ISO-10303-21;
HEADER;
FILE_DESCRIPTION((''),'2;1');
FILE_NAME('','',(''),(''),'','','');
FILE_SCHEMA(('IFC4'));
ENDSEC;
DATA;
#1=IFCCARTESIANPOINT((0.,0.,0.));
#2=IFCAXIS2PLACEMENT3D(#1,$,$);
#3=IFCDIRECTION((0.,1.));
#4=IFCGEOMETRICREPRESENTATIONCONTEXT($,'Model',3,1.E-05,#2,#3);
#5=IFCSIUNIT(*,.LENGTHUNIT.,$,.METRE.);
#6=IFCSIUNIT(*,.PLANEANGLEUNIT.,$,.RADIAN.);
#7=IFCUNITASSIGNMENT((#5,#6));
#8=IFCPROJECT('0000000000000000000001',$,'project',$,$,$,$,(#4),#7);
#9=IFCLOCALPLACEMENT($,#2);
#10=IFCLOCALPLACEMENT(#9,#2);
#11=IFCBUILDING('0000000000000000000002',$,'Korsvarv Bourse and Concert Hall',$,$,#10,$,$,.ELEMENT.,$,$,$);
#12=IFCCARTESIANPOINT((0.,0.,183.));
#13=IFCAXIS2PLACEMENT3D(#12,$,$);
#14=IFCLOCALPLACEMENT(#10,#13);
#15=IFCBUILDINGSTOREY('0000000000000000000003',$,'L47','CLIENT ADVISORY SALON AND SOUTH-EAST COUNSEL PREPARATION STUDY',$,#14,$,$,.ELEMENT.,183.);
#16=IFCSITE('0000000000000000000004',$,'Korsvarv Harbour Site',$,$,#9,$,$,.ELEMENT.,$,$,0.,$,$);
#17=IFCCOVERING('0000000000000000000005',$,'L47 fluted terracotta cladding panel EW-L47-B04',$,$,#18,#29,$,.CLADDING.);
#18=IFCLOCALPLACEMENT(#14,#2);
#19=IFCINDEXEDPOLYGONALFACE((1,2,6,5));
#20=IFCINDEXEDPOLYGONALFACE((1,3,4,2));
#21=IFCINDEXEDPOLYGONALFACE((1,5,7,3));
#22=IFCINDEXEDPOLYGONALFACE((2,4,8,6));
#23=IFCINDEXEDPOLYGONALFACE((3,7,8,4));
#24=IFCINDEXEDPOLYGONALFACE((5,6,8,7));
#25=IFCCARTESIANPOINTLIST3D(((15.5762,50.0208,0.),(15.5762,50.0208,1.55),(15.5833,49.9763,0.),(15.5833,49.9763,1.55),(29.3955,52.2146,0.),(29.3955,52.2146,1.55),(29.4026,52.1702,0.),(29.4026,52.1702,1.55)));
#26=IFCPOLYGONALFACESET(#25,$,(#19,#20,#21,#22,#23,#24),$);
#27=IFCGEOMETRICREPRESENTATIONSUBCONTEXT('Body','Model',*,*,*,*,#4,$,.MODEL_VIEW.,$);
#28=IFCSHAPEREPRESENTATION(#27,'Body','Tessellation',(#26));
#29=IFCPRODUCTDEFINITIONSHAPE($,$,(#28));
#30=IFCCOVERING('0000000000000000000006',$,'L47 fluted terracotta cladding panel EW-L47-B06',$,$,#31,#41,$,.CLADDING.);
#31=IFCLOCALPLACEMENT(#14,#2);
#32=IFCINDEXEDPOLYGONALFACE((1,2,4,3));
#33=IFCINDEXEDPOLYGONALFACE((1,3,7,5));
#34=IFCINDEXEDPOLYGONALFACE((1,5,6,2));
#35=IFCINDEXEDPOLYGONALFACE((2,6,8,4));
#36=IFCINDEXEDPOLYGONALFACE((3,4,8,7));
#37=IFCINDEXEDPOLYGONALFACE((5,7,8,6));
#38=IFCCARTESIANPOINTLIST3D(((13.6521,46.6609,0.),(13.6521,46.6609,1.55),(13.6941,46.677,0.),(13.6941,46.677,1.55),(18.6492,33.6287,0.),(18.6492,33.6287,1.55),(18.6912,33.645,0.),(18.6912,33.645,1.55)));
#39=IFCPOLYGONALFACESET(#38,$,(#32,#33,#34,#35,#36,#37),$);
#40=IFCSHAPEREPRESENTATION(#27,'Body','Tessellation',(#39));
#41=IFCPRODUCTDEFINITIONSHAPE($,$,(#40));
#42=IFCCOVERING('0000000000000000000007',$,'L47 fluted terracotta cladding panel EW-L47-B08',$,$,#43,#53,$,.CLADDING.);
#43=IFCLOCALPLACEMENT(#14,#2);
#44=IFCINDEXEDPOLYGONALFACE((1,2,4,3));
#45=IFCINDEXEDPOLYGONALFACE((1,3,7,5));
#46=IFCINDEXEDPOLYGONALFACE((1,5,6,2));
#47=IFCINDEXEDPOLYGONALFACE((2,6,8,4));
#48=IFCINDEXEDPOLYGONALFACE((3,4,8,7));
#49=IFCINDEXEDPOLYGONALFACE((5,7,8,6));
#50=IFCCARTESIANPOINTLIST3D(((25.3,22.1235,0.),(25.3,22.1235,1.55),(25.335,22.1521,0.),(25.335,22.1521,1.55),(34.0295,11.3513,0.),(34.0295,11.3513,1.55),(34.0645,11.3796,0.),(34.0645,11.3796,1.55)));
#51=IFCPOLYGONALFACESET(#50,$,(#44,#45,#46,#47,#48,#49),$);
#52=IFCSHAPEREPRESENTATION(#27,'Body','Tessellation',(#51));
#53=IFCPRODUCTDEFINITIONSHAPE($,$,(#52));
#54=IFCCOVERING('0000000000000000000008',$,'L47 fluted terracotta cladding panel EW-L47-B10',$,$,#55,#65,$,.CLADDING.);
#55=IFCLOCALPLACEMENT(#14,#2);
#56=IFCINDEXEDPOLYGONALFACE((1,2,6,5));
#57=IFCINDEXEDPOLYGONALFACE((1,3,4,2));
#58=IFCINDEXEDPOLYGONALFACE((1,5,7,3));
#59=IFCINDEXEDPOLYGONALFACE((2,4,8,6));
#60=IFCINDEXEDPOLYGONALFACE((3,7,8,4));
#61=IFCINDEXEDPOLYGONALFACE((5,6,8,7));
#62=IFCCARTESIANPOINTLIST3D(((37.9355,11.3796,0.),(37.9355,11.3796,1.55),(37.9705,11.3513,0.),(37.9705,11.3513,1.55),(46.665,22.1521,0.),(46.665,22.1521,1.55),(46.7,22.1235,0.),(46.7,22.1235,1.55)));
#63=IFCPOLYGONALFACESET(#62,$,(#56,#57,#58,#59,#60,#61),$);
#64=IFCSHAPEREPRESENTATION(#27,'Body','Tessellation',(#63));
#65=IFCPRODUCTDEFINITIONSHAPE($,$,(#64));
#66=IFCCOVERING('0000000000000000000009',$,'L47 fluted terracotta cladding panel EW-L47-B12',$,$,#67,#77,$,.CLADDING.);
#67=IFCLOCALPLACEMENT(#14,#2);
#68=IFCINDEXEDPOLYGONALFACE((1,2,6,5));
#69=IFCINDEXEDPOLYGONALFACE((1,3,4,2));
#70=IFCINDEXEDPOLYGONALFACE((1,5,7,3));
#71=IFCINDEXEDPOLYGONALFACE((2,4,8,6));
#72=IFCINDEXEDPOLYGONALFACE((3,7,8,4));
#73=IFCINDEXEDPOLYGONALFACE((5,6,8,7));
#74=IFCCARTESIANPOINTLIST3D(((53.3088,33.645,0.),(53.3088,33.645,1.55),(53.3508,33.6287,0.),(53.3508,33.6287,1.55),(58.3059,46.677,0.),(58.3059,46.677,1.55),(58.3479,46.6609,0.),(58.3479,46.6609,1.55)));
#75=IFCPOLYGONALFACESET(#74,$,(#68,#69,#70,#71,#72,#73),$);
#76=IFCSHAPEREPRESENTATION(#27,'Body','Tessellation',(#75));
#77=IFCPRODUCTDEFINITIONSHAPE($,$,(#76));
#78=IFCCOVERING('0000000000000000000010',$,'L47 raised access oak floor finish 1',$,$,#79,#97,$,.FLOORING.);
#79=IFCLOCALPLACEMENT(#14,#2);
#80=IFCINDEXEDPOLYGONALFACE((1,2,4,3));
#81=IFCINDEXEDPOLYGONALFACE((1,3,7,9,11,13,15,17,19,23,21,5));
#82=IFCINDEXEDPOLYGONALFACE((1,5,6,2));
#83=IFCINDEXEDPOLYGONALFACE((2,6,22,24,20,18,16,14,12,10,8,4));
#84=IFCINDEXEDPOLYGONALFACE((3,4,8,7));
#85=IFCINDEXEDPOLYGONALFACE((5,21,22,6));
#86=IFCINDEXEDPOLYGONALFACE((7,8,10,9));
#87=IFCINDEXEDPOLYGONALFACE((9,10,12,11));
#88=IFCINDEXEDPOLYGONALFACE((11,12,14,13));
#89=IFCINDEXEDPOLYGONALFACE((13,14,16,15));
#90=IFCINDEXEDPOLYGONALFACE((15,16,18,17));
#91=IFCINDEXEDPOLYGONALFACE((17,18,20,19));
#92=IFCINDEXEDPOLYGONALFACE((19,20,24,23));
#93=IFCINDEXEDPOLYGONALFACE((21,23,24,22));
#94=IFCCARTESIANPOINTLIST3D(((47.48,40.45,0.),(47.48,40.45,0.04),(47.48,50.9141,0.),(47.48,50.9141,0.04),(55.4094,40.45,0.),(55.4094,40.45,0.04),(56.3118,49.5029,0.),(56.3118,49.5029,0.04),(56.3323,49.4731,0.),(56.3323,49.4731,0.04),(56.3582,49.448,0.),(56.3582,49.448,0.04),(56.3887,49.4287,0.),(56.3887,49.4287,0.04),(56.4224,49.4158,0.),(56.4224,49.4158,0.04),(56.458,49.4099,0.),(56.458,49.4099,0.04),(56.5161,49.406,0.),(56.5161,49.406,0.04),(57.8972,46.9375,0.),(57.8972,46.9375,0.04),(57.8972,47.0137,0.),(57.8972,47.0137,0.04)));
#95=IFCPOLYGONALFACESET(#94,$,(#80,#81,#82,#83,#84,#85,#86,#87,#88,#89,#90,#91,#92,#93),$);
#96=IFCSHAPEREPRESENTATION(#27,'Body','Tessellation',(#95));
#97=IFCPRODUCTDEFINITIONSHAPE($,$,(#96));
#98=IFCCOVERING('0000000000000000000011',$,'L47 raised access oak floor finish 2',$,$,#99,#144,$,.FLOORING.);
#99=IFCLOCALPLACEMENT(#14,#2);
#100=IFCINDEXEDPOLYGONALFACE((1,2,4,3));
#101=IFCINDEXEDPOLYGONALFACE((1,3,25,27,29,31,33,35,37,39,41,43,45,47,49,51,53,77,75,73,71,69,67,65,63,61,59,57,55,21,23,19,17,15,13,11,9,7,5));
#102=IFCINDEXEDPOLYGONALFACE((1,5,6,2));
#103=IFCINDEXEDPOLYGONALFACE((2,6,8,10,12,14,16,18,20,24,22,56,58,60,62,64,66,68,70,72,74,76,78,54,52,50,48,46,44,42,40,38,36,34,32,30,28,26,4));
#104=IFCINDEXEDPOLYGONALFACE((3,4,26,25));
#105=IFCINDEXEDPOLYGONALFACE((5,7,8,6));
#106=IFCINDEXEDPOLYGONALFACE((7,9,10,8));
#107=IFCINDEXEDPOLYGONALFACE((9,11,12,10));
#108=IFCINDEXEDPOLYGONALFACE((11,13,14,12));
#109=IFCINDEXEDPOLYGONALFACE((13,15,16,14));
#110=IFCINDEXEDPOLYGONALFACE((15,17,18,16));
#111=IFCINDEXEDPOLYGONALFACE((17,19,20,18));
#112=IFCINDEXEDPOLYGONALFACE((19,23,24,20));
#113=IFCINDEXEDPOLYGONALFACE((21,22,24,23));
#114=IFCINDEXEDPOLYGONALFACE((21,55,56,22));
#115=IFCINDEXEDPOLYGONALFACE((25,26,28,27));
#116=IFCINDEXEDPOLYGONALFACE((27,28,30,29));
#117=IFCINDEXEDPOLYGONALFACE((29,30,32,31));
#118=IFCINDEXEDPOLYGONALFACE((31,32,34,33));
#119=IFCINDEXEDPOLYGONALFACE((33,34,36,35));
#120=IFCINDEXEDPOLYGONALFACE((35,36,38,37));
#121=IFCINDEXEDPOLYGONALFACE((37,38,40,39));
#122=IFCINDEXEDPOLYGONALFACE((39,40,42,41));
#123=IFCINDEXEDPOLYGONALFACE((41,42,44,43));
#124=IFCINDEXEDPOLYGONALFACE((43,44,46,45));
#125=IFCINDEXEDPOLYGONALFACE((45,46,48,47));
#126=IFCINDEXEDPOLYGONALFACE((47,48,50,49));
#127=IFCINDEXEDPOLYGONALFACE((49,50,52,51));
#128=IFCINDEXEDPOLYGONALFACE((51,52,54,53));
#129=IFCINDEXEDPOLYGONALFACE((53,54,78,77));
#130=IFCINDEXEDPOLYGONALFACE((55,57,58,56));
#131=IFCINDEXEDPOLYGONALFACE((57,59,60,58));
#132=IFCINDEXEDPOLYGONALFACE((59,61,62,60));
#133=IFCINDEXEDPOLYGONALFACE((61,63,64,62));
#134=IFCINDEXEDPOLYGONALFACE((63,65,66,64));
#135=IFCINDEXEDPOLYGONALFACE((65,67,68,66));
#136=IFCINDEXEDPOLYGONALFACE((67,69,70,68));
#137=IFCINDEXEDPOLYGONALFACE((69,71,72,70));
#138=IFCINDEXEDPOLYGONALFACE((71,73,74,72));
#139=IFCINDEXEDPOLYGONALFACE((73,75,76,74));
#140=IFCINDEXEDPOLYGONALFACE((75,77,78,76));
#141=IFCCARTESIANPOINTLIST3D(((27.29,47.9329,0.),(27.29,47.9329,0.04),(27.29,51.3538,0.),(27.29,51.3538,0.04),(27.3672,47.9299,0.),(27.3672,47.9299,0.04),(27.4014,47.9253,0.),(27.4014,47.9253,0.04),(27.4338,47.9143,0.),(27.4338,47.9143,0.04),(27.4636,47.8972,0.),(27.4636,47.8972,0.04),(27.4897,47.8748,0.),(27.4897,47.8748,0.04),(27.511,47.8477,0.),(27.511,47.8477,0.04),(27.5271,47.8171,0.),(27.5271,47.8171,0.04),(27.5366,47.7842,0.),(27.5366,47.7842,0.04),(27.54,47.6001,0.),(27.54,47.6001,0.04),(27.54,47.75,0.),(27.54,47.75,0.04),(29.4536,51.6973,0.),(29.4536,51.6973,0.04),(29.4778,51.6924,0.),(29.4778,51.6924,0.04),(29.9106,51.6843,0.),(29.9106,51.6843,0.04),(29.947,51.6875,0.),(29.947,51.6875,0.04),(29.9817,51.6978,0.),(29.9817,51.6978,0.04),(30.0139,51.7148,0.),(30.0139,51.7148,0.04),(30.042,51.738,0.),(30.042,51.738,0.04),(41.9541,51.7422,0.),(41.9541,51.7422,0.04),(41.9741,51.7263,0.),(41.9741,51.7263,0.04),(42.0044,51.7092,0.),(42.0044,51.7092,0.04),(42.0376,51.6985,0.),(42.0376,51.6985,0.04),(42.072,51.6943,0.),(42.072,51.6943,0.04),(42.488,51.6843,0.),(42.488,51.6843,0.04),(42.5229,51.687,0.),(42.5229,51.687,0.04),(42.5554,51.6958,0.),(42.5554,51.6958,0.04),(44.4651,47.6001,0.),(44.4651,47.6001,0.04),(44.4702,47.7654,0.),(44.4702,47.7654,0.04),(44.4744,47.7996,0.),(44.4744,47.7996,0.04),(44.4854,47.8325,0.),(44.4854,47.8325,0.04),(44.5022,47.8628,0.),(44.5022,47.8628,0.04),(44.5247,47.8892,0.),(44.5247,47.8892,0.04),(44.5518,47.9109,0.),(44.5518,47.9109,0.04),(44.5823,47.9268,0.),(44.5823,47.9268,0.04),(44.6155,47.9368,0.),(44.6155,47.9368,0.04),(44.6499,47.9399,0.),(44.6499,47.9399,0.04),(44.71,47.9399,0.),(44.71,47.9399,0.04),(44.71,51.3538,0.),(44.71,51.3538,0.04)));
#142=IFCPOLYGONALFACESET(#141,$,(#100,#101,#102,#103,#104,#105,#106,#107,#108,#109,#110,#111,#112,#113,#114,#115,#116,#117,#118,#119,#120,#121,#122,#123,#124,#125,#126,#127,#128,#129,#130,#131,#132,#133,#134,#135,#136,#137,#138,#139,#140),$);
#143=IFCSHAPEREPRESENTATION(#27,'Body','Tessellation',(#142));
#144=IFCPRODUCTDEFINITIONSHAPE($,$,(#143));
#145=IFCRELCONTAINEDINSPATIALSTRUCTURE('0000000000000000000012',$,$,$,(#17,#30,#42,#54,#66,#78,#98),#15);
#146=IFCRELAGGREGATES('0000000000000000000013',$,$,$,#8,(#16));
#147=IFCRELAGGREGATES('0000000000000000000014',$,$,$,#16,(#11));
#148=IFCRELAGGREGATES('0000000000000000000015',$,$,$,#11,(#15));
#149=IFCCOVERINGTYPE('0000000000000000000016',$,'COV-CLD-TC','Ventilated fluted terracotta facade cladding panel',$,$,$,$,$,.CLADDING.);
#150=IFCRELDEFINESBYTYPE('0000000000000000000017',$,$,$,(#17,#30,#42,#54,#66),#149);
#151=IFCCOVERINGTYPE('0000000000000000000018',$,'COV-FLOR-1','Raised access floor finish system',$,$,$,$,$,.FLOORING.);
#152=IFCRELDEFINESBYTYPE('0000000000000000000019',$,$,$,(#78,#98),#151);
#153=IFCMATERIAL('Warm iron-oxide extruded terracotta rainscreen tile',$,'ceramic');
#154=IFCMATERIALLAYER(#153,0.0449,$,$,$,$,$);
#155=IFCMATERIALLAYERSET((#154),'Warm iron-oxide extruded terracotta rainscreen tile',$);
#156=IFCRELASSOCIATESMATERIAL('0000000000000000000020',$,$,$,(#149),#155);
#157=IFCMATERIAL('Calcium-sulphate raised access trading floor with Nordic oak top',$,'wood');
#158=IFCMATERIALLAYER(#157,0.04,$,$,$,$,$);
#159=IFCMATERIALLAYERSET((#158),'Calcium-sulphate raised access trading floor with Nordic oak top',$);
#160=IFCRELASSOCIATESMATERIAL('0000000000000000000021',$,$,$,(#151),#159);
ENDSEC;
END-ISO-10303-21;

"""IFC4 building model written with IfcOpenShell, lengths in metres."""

from ifc_helpers import new_model, si_unit, direction, frame, origin, place, context, subcontext, project, spatial, polyline, outline, extrude, material, layer, layer_set, type_object, element, save


model = new_model("IFC4")

# Units and contexts
model_context = context("Model", 3, precision=1e-05, world=origin(), true_north=direction((0.0, 1.0)))
body_context = subcontext(model_context, "Body", "Model", "MODEL_VIEW")
ifc_project = project(units=[si_unit("LENGTHUNIT", "METRE"), si_unit("PLANEANGLEUNIT", "RADIAN")], contexts=[model_context])

# Site, building, storey
site_placement = place(None, origin())
site = spatial("IfcSite", under=ifc_project, at=site_placement, Name="Korsvarv Harbour Site", CompositionType="ELEMENT", RefElevation=0.0)
building_placement = place(site_placement, origin())
building = spatial("IfcBuilding", under=site, at=building_placement, Name="Korsvarv Bourse and Concert Hall", CompositionType="ELEMENT")
storey_placement = place(building_placement, frame((0.0, 0.0, 183.0)))
storey = spatial("IfcBuildingStorey", under=building, at=storey_placement, Name="L47", Description="CLIENT ADVISORY SALON AND SOUTH-EAST COUNSEL PREPARATION STUDY", CompositionType="ELEMENT", Elevation=183.0)

# Coverings
ifc_material_1 = material(Name="Warm iron-oxide extruded terracotta rainscreen tile", Category="ceramic")
ifc_layer_1 = layer(ifc_material_1, 0.0449)
ifc_layer_set_1 = layer_set([ifc_layer_1], Name="Warm iron-oxide extruded terracotta rainscreen tile")
covering_type_1 = type_object("IfcCoveringType", Name="COV-CLD-TC", Description="Ventilated fluted terracotta facade cladding panel", PredefinedType="CLADDING", material=ifc_layer_set_1)
covering_1_placement = place(storey_placement, origin())
element("IfcCovering", 1, at=covering_1_placement, inside=storey, type_object=covering_type_1, Name="L47 fluted terracotta cladding panel EW-L47-B04", PredefinedType="CLADDING", context=body_context, shape_type="SweptSolid", body=[
    extrude(outline(polyline([(29.4026, 52.1702), (15.5833, 49.9763), (15.5762, 50.0208), (29.3955, 52.2146), (29.4026, 52.1702)])), origin(), (0.0, 0.0, 1.0), 1.55),
])
covering_2_placement = place(storey_placement, origin())
element("IfcCovering", 2, at=covering_2_placement, inside=storey, type_object=covering_type_1, Name="L47 fluted terracotta cladding panel EW-L47-B06", PredefinedType="CLADDING", context=body_context, shape_type="SweptSolid", body=[
    extrude(outline(polyline([(13.6941, 46.677), (18.6912, 33.645), (18.6492, 33.6287), (13.6521, 46.6609), (13.6941, 46.677)])), origin(), (0.0, 0.0, 1.0), 1.55),
])
covering_3_placement = place(storey_placement, origin())
element("IfcCovering", 3, at=covering_3_placement, inside=storey, type_object=covering_type_1, Name="L47 fluted terracotta cladding panel EW-L47-B08", PredefinedType="CLADDING", context=body_context, shape_type="SweptSolid", body=[
    extrude(outline(polyline([(25.335, 22.1521), (34.0645, 11.3796), (34.0295, 11.3513), (25.3, 22.1235), (25.335, 22.1521)])), origin(), (0.0, 0.0, 1.0), 1.55),
])
covering_4_placement = place(storey_placement, origin())
element("IfcCovering", 4, at=covering_4_placement, inside=storey, type_object=covering_type_1, Name="L47 fluted terracotta cladding panel EW-L47-B10", PredefinedType="CLADDING", context=body_context, shape_type="SweptSolid", body=[
    extrude(outline(polyline([(37.9355, 11.3796), (46.665, 22.1521), (46.7, 22.1235), (37.9705, 11.3513), (37.9355, 11.3796)])), origin(), (0.0, 0.0, 1.0), 1.55),
])
covering_5_placement = place(storey_placement, origin())
element("IfcCovering", 5, at=covering_5_placement, inside=storey, type_object=covering_type_1, Name="L47 fluted terracotta cladding panel EW-L47-B12", PredefinedType="CLADDING", context=body_context, shape_type="SweptSolid", body=[
    extrude(outline(polyline([(53.3088, 33.645), (58.3059, 46.677), (58.3479, 46.6609), (53.3508, 33.6287), (53.3088, 33.645)])), origin(), (0.0, 0.0, 1.0), 1.55),
])
ifc_material_2 = material(Name="Calcium-sulphate raised access trading floor with Nordic oak top", Category="wood")
ifc_layer_2 = layer(ifc_material_2, 0.04)
ifc_layer_set_2 = layer_set([ifc_layer_2], Name="Calcium-sulphate raised access trading floor with Nordic oak top")
covering_type_2 = type_object("IfcCoveringType", Name="COV-FLOR-1", Description="Raised access floor finish system", PredefinedType="FLOORING", material=ifc_layer_set_2)
covering_6_placement = place(storey_placement, origin())
element("IfcCovering", 6, at=covering_6_placement, inside=storey, type_object=covering_type_2, Name="L47 raised access oak floor finish 1", PredefinedType="FLOORING", context=body_context, shape_type="SweptSolid", body=[
    extrude(outline(polyline([(56.3118, 49.5029), (56.3323, 49.4731), (56.3582, 49.448), (56.3887, 49.4287), (56.4224, 49.4158), (56.458, 49.4099), (56.5161, 49.406), (57.8972, 47.0137), (57.8972, 46.9375), (55.4094, 40.45), (47.48, 40.45), (47.48, 50.9141), (56.3118, 49.5029)])), origin(), (0.0, 0.0, 1.0), 0.04),
])
covering_7_placement = place(storey_placement, origin())
element("IfcCovering", 7, at=covering_7_placement, inside=storey, type_object=covering_type_2, Name="L47 raised access oak floor finish 2", PredefinedType="FLOORING", context=body_context, shape_type="SweptSolid", body=[
    extrude(outline(polyline([(29.4536, 51.6973), (29.4778, 51.6924), (29.9106, 51.6843), (29.947, 51.6875), (29.9817, 51.6978), (30.0139, 51.7148), (30.042, 51.738), (41.9541, 51.7422), (41.9741, 51.7263), (42.0044, 51.7092), (42.0376, 51.6985), (42.072, 51.6943), (42.488, 51.6843), (42.5229, 51.687), (42.5554, 51.6958), (44.71, 51.3538), (44.71, 47.9399), (44.6499, 47.9399), (44.6155, 47.9368), (44.5823, 47.9268), (44.5518, 47.9109), (44.5247, 47.8892), (44.5022, 47.8628), (44.4854, 47.8325), (44.4744, 47.7996), (44.4702, 47.7654), (44.4651, 47.6001), (27.54, 47.6001), (27.54, 47.75), (27.5366, 47.7842), (27.5271, 47.8171), (27.511, 47.8477), (27.4897, 47.8748), (27.4636, 47.8972), (27.4338, 47.9143), (27.4014, 47.9253), (27.3672, 47.9299), (27.29, 47.9329), (27.29, 51.3538), (29.4536, 51.6973)])), origin(), (0.0, 0.0, 1.0), 0.04),
])

save(model, "model.ifc")
